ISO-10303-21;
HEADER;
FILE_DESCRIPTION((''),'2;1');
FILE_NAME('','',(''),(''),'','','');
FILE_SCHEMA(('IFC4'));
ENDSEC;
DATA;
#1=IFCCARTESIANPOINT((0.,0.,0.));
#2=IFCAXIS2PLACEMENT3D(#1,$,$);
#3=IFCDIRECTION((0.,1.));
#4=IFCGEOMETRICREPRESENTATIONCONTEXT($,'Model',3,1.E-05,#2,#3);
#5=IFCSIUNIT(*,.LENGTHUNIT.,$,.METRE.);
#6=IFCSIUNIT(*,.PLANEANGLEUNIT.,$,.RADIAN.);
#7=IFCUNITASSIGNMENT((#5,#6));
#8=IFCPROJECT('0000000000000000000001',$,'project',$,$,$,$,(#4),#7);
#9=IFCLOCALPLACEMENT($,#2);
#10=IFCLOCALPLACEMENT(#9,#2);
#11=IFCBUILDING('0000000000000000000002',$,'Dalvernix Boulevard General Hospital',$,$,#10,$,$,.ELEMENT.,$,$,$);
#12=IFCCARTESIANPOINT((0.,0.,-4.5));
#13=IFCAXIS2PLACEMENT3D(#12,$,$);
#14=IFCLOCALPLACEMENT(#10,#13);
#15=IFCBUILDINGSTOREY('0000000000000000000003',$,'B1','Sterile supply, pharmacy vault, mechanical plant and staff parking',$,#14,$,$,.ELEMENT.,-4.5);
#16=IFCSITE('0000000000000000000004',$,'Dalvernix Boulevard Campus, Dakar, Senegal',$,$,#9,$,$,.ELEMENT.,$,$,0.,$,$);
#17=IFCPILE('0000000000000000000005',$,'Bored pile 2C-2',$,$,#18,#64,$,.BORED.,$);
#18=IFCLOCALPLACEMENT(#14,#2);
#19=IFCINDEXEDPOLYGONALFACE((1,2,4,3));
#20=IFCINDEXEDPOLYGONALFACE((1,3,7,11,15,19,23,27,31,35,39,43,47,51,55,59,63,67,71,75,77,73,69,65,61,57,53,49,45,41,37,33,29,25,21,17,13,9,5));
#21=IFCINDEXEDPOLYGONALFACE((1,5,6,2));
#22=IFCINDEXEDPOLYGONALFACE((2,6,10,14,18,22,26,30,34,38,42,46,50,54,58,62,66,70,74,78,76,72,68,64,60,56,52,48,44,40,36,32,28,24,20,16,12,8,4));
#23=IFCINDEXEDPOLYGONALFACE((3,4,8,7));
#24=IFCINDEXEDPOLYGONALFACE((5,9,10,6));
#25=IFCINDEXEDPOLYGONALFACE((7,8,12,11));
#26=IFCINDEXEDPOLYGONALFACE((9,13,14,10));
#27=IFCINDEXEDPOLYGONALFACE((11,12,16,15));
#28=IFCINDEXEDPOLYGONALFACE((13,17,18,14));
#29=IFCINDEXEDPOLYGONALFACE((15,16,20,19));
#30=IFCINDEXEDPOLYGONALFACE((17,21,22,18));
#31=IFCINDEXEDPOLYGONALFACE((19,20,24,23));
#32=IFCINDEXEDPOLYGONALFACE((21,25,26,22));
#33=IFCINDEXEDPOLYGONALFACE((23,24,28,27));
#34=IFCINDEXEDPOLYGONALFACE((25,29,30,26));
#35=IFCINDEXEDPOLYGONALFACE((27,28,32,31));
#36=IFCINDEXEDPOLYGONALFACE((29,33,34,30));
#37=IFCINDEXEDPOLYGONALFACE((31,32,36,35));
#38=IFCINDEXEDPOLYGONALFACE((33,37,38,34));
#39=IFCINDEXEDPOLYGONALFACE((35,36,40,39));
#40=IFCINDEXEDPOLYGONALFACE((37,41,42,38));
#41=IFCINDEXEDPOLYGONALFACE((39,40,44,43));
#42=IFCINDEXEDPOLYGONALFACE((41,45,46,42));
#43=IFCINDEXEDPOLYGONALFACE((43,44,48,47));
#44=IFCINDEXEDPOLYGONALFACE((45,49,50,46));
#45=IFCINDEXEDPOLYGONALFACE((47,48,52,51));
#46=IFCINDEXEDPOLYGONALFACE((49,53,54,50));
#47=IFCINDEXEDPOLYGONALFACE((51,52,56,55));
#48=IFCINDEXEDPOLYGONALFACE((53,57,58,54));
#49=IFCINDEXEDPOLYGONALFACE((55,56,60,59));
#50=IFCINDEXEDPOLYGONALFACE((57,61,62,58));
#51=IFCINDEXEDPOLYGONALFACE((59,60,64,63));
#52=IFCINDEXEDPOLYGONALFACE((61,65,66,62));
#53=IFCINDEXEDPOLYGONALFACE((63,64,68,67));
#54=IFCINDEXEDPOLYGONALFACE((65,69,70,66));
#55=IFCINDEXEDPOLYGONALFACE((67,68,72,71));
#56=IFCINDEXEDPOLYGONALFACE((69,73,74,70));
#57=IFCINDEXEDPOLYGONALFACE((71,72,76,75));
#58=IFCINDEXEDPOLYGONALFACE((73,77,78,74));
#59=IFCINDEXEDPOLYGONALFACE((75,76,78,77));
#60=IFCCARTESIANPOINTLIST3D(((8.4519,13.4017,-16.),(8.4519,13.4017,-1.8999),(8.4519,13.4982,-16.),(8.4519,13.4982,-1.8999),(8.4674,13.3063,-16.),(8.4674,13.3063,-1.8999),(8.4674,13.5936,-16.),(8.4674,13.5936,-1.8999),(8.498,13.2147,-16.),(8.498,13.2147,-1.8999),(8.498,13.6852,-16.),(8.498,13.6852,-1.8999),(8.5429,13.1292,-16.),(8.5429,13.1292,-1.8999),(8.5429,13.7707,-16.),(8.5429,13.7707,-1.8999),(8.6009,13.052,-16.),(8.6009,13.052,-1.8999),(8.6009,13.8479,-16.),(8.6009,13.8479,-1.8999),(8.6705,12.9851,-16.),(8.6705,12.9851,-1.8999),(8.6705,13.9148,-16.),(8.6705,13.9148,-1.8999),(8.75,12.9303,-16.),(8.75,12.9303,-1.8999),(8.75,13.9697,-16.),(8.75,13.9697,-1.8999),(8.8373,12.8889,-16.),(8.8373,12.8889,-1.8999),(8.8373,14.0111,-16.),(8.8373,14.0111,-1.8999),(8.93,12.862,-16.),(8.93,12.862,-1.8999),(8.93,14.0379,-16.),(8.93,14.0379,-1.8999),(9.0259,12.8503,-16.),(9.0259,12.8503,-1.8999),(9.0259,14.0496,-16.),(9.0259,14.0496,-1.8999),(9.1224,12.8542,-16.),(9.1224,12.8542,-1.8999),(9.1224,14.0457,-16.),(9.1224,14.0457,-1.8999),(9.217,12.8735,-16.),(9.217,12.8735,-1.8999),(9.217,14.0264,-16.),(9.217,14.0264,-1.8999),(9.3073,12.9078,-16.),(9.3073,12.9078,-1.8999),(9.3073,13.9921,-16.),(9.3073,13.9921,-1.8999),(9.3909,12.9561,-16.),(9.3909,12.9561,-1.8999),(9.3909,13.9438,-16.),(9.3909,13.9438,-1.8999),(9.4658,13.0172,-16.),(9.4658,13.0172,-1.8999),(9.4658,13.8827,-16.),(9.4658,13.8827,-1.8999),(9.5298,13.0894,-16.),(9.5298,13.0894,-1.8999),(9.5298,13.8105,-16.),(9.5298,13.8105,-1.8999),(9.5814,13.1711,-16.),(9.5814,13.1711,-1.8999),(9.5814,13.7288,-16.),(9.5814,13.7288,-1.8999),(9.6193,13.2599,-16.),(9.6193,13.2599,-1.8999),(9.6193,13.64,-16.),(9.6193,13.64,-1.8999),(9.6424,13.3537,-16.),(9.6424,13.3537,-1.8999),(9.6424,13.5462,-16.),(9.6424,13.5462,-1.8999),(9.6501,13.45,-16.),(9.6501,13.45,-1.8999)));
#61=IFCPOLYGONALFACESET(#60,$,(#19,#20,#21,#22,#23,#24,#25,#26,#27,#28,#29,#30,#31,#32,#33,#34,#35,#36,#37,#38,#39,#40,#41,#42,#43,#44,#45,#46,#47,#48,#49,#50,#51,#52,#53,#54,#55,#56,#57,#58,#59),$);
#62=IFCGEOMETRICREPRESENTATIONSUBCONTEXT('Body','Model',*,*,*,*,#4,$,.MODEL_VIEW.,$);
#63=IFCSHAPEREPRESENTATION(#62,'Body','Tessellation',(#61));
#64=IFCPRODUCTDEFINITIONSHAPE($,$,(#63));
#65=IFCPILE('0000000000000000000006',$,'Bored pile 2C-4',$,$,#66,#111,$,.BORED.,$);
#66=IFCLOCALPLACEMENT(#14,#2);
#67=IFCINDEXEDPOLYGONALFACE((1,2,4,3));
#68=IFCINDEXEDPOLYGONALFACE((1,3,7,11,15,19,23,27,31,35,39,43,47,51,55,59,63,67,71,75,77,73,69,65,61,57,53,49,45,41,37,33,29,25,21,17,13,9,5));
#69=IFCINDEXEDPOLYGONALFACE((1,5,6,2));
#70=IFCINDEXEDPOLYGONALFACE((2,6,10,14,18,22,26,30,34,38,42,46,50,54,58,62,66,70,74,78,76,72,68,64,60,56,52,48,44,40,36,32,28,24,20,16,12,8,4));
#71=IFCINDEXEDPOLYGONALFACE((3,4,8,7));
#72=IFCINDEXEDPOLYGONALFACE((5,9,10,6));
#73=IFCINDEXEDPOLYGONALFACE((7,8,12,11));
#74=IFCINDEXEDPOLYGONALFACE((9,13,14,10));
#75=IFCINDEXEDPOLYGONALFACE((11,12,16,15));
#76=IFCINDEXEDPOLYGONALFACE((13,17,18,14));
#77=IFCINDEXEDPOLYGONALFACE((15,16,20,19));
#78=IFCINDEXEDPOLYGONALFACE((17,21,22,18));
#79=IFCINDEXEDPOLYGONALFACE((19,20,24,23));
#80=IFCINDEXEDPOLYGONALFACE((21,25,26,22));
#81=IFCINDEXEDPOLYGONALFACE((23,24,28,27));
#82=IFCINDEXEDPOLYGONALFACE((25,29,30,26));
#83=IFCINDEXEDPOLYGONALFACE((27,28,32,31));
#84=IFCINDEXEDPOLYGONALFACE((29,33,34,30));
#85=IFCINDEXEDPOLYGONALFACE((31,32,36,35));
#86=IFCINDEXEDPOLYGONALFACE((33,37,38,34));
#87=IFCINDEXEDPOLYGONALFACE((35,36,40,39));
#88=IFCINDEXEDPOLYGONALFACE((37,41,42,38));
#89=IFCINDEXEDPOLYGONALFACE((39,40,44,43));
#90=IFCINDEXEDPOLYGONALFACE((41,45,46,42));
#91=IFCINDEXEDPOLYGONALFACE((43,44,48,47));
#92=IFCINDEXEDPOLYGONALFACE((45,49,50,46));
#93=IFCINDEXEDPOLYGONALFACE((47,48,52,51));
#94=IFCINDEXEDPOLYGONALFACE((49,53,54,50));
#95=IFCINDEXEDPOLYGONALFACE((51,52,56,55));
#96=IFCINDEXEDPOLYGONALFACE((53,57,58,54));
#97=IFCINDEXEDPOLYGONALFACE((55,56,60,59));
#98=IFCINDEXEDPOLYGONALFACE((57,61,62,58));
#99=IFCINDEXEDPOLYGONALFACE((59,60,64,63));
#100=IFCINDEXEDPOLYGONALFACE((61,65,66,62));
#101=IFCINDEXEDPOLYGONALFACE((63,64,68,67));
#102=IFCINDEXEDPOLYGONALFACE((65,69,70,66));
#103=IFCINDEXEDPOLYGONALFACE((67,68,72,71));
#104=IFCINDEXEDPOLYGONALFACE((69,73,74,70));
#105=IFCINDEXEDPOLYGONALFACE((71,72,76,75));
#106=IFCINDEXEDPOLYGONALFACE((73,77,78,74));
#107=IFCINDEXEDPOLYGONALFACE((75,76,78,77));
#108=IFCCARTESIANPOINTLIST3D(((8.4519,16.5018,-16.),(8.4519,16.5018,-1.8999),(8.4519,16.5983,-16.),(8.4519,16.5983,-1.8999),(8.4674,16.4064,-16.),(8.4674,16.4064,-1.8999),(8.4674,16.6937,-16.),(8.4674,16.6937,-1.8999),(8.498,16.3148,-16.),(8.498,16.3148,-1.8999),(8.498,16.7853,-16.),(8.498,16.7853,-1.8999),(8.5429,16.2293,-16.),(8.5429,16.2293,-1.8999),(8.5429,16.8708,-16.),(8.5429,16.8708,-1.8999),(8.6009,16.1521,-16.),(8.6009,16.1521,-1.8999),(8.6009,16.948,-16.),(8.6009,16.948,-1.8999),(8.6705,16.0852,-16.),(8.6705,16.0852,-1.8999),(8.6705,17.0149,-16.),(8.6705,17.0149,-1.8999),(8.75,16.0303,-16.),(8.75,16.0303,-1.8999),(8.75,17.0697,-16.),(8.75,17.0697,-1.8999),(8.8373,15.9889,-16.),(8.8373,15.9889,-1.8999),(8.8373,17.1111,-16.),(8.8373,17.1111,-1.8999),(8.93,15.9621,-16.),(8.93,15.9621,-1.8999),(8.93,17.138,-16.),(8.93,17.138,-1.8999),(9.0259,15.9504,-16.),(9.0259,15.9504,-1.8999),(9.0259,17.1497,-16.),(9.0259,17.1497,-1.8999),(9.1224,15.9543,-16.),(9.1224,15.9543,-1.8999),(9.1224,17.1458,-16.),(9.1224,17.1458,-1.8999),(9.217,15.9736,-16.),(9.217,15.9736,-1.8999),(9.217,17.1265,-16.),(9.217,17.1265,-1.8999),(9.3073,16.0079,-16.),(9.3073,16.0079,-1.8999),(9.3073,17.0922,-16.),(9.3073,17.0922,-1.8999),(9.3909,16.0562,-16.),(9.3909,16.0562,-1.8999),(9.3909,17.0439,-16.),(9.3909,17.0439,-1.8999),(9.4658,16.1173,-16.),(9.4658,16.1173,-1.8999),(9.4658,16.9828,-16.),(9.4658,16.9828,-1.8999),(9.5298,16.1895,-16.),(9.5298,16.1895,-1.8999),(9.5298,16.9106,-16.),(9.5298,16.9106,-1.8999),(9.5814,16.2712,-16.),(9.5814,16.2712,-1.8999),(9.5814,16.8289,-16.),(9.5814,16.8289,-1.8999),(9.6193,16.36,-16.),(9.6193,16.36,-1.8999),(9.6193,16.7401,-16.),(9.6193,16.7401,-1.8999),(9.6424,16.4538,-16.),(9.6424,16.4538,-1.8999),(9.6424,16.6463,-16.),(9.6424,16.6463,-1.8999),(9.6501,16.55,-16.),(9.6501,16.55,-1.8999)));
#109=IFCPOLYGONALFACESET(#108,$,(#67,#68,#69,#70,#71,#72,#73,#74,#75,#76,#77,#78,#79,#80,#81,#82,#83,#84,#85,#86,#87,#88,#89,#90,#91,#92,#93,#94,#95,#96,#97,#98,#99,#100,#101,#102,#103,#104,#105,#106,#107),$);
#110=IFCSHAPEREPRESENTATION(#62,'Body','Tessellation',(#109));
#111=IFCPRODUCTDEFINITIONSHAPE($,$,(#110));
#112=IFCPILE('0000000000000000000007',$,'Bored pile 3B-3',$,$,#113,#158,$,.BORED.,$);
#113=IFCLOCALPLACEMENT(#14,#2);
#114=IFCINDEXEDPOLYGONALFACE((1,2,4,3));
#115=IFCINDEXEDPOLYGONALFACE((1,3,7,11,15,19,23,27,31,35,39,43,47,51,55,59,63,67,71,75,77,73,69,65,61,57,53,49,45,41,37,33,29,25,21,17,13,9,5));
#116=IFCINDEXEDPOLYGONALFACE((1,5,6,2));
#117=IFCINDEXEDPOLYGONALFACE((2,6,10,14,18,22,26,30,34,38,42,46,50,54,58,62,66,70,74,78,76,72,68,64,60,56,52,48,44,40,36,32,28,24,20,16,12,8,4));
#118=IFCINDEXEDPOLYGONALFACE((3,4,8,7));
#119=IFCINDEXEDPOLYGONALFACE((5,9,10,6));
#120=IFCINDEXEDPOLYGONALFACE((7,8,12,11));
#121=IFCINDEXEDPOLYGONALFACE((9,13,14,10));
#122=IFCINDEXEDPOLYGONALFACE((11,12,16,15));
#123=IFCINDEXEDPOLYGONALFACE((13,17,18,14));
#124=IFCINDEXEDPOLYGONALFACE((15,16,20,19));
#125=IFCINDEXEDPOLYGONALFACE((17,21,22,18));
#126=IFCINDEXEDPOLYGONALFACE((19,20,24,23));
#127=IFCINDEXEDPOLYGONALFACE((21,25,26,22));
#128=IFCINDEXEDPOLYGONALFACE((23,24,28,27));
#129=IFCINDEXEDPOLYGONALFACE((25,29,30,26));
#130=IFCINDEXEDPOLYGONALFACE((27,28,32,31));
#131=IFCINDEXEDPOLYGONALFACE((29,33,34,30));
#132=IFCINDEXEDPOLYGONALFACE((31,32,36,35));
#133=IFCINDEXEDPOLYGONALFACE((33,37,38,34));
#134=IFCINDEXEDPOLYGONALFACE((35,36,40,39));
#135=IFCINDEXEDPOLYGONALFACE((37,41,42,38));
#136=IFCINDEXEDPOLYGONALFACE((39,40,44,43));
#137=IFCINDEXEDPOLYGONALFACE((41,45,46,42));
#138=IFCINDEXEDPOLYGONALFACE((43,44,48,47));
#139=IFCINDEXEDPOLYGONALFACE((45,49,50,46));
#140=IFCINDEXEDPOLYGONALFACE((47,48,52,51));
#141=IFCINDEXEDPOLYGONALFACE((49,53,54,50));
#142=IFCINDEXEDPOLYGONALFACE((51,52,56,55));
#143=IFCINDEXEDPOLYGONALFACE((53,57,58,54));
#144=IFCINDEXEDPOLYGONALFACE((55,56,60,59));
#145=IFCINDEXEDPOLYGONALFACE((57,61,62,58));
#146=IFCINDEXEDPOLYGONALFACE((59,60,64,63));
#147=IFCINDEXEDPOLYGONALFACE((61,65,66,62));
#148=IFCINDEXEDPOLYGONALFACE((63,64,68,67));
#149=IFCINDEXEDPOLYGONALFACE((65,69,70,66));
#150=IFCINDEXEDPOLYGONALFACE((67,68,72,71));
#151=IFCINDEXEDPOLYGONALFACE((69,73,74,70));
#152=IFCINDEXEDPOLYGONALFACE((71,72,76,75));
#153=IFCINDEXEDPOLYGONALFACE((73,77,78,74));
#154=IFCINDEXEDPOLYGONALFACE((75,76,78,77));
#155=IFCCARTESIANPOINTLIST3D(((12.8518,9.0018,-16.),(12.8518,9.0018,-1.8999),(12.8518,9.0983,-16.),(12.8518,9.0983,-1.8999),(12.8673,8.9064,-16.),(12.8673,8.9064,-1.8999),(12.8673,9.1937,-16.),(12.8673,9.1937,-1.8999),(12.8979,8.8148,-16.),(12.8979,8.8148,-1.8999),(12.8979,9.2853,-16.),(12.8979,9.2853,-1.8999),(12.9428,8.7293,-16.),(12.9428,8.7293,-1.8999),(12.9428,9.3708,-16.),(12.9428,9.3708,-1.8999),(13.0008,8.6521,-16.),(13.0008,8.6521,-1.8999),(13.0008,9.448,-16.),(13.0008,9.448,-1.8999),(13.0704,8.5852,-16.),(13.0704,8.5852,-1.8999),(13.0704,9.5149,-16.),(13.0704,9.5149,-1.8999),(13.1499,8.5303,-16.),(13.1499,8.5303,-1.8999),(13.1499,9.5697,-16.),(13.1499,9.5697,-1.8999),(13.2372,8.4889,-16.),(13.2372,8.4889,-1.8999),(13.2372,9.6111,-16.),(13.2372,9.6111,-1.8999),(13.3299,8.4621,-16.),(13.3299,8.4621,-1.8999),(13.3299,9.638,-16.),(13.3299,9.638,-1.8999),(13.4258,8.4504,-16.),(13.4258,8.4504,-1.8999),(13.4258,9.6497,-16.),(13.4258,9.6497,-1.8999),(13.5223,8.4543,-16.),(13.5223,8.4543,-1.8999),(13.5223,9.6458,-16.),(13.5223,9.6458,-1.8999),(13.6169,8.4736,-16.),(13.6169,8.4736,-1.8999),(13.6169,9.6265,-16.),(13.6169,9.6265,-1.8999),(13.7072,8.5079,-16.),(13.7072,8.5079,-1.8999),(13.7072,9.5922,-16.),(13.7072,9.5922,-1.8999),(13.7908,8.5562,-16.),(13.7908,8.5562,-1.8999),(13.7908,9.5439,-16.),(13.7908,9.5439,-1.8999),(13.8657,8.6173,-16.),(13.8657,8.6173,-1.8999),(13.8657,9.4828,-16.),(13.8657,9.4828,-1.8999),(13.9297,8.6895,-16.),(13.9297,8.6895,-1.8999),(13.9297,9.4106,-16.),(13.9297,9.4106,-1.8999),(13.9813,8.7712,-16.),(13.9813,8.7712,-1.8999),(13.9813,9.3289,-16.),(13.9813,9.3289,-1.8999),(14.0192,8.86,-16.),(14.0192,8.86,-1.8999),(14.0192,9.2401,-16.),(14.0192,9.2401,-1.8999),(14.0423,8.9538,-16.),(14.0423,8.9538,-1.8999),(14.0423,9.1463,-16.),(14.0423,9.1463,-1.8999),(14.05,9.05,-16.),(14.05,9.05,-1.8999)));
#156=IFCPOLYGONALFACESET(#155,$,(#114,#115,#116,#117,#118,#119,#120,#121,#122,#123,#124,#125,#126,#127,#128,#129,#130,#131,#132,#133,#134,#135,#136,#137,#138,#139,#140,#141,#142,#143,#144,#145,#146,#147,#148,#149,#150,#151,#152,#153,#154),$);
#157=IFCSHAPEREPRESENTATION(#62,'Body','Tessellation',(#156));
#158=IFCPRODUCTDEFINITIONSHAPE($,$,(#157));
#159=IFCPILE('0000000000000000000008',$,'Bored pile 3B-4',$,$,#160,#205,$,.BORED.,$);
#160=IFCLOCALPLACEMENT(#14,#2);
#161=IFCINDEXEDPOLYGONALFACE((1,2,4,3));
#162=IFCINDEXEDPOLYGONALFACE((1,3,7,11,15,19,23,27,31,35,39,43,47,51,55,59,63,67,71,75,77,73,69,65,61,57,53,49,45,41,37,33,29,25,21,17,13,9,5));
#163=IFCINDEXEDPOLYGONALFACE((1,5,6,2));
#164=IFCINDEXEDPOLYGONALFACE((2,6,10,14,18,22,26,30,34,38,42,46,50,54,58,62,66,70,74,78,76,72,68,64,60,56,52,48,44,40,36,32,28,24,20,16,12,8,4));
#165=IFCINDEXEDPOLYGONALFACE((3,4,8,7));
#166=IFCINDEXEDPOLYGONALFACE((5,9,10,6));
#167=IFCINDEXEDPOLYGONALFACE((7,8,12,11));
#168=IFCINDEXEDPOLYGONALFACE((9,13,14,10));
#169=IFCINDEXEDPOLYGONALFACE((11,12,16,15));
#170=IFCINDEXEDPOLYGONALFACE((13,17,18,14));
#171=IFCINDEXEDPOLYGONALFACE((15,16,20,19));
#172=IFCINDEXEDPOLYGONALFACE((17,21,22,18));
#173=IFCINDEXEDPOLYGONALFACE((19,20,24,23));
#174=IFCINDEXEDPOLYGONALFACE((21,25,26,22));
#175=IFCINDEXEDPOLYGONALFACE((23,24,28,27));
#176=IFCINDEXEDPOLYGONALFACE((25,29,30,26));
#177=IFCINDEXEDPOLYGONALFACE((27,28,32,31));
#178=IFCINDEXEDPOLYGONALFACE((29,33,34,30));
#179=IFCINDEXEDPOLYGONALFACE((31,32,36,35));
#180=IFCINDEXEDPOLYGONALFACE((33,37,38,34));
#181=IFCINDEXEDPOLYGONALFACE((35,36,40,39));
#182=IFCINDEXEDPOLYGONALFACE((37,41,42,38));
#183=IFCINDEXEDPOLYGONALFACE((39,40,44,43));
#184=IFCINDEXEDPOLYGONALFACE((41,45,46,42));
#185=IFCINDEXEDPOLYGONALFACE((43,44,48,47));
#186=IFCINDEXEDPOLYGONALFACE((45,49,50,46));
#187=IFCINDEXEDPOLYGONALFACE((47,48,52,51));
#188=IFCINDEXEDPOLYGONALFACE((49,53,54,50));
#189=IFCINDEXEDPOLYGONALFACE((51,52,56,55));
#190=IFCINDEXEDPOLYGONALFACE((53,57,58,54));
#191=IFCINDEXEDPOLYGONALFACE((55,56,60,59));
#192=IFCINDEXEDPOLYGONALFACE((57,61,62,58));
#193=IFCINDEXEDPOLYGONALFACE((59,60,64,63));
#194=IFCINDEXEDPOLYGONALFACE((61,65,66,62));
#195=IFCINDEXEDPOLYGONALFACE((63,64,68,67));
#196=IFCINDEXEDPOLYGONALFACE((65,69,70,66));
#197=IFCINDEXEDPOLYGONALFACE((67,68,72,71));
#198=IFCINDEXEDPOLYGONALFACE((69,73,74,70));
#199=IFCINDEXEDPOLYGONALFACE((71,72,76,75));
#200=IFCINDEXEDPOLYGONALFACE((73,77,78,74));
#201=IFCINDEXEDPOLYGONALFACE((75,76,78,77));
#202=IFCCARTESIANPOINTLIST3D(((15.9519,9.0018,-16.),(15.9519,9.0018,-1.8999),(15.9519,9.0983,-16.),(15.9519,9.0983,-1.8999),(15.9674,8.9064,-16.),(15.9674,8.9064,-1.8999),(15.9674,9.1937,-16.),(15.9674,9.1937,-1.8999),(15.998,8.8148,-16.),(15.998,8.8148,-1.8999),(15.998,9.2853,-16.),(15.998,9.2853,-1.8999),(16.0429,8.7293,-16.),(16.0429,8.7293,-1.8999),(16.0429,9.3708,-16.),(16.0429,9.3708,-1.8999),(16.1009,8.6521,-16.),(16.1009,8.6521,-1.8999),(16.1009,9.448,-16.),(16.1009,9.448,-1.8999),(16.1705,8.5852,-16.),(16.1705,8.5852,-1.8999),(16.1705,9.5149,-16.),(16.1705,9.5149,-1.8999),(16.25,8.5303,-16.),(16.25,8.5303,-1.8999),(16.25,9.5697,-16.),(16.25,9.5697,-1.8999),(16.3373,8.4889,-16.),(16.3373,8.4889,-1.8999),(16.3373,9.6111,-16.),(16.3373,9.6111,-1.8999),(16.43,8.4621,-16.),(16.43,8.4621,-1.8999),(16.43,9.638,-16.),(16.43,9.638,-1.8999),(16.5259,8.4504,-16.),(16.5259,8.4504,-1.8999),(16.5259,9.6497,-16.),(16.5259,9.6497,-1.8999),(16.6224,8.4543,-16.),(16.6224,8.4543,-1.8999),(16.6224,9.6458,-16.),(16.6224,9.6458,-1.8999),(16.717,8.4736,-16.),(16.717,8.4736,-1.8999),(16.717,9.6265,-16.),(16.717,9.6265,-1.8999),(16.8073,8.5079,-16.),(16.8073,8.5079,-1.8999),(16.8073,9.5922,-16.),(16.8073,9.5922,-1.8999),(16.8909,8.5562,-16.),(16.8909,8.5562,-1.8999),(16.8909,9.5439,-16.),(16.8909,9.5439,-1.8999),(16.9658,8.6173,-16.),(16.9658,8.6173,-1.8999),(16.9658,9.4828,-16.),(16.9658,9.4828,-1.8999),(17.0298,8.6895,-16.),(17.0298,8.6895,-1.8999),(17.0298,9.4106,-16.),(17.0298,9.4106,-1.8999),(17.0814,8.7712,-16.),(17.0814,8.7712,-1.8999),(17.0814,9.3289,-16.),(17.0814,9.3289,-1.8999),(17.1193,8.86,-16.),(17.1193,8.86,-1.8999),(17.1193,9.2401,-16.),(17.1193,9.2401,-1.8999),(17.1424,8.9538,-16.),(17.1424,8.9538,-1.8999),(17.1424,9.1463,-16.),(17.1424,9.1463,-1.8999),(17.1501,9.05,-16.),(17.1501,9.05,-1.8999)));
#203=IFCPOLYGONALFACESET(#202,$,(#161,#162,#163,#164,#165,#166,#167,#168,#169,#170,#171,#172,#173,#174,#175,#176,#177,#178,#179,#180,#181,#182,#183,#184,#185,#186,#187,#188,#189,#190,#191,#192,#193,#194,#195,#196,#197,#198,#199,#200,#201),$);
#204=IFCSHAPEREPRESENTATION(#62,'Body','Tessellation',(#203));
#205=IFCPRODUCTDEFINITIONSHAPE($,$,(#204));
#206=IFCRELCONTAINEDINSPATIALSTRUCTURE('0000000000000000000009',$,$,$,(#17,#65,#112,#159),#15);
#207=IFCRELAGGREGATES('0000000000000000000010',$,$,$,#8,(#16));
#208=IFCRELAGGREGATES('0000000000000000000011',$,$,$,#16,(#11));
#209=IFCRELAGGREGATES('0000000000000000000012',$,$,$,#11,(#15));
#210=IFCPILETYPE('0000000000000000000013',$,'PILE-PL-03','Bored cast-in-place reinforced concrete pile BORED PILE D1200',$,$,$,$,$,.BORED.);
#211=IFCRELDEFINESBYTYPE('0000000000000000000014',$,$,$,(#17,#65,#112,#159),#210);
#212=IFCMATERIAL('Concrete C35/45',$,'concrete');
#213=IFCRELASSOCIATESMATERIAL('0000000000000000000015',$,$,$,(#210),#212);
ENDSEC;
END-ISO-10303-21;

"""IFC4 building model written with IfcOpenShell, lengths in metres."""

from ifc_helpers import new_model, si_unit, direction, frame, origin, origin_2d, place, context, subcontext, project, spatial, circle, extrude, material, material_profile, profile_set, type_object, element, save


model = new_model("IFC4")

# Units and contexts
model_context = context("Model", 3, precision=1e-05, world=origin(), true_north=direction((0.0, 1.0)))
body_context = subcontext(model_context, "Body", "Model", "MODEL_VIEW")
ifc_project = project(units=[si_unit("LENGTHUNIT", "METRE"), si_unit("PLANEANGLEUNIT", "RADIAN")], contexts=[model_context])

# Site, building, storey
site_placement = place(None, origin())
site = spatial("IfcSite", under=ifc_project, at=site_placement, Name="Dalvernix Boulevard Campus, Dakar, Senegal", CompositionType="ELEMENT", RefElevation=0.0)
building_placement = place(site_placement, origin())
building = spatial("IfcBuilding", under=site, at=building_placement, Name="Dalvernix Boulevard General Hospital", CompositionType="ELEMENT")
storey_placement = place(building_placement, frame((0.0, 0.0, -4.5)))
storey = spatial("IfcBuildingStorey", under=building, at=storey_placement, Name="B1", Description="Sterile supply, pharmacy vault, mechanical plant and staff parking", CompositionType="ELEMENT", Elevation=-4.5)

# Shared definitions
ifc_material_1 = material(Name="Concrete C35/45", Category="concrete")

# Piles
ifc_material_profile_1 = material_profile(ifc_material_1, circle(Radius=0.6001, at=origin_2d()), Name="BORED PILE D1200")
ifc_profile_set_1 = profile_set([ifc_material_profile_1], Name="Concrete C35/45")
pile_type = type_object("IfcPileType", Name="PILE-PL-03", Description="Bored cast-in-place reinforced concrete pile BORED PILE D1200", PredefinedType="BORED", material=ifc_profile_set_1)
for number, where, z_axis, x_axis, name in (
    (1, (9.05, 13.45, -1.8999), (0.0, 0.0, -1.0), (1.0, 0.0, 0.0), "Bored pile 2C-2"),
    (2, (9.05, 16.55, -1.8999), (0.0, 0.0, -1.0), (1.0, 0.0, 0.0), "Bored pile 2C-4"),
    (3, (13.45, 9.05, -1.8999), (0.0, 0.0, -1.0), (1.0, 0.0, 0.0), "Bored pile 3B-3"),
    (4, (16.55, 9.05, -1.8999), (0.0, 0.0, -1.0), (1.0, 0.0, 0.0), "Bored pile 3B-4"),
):
    element("IfcPile", number, at=place(storey_placement, frame(where, z_axis=z_axis, x_axis=x_axis)), inside=storey, type_object=pile_type, Name=name, PredefinedType="BORED", context=body_context, shape_type="SweptSolid", body=[
        extrude(circle(Radius=0.6001, at=origin_2d()), origin(), (0.0, 0.0, 1.0), 14.1001),
    ])

save(model, "model.ifc")
